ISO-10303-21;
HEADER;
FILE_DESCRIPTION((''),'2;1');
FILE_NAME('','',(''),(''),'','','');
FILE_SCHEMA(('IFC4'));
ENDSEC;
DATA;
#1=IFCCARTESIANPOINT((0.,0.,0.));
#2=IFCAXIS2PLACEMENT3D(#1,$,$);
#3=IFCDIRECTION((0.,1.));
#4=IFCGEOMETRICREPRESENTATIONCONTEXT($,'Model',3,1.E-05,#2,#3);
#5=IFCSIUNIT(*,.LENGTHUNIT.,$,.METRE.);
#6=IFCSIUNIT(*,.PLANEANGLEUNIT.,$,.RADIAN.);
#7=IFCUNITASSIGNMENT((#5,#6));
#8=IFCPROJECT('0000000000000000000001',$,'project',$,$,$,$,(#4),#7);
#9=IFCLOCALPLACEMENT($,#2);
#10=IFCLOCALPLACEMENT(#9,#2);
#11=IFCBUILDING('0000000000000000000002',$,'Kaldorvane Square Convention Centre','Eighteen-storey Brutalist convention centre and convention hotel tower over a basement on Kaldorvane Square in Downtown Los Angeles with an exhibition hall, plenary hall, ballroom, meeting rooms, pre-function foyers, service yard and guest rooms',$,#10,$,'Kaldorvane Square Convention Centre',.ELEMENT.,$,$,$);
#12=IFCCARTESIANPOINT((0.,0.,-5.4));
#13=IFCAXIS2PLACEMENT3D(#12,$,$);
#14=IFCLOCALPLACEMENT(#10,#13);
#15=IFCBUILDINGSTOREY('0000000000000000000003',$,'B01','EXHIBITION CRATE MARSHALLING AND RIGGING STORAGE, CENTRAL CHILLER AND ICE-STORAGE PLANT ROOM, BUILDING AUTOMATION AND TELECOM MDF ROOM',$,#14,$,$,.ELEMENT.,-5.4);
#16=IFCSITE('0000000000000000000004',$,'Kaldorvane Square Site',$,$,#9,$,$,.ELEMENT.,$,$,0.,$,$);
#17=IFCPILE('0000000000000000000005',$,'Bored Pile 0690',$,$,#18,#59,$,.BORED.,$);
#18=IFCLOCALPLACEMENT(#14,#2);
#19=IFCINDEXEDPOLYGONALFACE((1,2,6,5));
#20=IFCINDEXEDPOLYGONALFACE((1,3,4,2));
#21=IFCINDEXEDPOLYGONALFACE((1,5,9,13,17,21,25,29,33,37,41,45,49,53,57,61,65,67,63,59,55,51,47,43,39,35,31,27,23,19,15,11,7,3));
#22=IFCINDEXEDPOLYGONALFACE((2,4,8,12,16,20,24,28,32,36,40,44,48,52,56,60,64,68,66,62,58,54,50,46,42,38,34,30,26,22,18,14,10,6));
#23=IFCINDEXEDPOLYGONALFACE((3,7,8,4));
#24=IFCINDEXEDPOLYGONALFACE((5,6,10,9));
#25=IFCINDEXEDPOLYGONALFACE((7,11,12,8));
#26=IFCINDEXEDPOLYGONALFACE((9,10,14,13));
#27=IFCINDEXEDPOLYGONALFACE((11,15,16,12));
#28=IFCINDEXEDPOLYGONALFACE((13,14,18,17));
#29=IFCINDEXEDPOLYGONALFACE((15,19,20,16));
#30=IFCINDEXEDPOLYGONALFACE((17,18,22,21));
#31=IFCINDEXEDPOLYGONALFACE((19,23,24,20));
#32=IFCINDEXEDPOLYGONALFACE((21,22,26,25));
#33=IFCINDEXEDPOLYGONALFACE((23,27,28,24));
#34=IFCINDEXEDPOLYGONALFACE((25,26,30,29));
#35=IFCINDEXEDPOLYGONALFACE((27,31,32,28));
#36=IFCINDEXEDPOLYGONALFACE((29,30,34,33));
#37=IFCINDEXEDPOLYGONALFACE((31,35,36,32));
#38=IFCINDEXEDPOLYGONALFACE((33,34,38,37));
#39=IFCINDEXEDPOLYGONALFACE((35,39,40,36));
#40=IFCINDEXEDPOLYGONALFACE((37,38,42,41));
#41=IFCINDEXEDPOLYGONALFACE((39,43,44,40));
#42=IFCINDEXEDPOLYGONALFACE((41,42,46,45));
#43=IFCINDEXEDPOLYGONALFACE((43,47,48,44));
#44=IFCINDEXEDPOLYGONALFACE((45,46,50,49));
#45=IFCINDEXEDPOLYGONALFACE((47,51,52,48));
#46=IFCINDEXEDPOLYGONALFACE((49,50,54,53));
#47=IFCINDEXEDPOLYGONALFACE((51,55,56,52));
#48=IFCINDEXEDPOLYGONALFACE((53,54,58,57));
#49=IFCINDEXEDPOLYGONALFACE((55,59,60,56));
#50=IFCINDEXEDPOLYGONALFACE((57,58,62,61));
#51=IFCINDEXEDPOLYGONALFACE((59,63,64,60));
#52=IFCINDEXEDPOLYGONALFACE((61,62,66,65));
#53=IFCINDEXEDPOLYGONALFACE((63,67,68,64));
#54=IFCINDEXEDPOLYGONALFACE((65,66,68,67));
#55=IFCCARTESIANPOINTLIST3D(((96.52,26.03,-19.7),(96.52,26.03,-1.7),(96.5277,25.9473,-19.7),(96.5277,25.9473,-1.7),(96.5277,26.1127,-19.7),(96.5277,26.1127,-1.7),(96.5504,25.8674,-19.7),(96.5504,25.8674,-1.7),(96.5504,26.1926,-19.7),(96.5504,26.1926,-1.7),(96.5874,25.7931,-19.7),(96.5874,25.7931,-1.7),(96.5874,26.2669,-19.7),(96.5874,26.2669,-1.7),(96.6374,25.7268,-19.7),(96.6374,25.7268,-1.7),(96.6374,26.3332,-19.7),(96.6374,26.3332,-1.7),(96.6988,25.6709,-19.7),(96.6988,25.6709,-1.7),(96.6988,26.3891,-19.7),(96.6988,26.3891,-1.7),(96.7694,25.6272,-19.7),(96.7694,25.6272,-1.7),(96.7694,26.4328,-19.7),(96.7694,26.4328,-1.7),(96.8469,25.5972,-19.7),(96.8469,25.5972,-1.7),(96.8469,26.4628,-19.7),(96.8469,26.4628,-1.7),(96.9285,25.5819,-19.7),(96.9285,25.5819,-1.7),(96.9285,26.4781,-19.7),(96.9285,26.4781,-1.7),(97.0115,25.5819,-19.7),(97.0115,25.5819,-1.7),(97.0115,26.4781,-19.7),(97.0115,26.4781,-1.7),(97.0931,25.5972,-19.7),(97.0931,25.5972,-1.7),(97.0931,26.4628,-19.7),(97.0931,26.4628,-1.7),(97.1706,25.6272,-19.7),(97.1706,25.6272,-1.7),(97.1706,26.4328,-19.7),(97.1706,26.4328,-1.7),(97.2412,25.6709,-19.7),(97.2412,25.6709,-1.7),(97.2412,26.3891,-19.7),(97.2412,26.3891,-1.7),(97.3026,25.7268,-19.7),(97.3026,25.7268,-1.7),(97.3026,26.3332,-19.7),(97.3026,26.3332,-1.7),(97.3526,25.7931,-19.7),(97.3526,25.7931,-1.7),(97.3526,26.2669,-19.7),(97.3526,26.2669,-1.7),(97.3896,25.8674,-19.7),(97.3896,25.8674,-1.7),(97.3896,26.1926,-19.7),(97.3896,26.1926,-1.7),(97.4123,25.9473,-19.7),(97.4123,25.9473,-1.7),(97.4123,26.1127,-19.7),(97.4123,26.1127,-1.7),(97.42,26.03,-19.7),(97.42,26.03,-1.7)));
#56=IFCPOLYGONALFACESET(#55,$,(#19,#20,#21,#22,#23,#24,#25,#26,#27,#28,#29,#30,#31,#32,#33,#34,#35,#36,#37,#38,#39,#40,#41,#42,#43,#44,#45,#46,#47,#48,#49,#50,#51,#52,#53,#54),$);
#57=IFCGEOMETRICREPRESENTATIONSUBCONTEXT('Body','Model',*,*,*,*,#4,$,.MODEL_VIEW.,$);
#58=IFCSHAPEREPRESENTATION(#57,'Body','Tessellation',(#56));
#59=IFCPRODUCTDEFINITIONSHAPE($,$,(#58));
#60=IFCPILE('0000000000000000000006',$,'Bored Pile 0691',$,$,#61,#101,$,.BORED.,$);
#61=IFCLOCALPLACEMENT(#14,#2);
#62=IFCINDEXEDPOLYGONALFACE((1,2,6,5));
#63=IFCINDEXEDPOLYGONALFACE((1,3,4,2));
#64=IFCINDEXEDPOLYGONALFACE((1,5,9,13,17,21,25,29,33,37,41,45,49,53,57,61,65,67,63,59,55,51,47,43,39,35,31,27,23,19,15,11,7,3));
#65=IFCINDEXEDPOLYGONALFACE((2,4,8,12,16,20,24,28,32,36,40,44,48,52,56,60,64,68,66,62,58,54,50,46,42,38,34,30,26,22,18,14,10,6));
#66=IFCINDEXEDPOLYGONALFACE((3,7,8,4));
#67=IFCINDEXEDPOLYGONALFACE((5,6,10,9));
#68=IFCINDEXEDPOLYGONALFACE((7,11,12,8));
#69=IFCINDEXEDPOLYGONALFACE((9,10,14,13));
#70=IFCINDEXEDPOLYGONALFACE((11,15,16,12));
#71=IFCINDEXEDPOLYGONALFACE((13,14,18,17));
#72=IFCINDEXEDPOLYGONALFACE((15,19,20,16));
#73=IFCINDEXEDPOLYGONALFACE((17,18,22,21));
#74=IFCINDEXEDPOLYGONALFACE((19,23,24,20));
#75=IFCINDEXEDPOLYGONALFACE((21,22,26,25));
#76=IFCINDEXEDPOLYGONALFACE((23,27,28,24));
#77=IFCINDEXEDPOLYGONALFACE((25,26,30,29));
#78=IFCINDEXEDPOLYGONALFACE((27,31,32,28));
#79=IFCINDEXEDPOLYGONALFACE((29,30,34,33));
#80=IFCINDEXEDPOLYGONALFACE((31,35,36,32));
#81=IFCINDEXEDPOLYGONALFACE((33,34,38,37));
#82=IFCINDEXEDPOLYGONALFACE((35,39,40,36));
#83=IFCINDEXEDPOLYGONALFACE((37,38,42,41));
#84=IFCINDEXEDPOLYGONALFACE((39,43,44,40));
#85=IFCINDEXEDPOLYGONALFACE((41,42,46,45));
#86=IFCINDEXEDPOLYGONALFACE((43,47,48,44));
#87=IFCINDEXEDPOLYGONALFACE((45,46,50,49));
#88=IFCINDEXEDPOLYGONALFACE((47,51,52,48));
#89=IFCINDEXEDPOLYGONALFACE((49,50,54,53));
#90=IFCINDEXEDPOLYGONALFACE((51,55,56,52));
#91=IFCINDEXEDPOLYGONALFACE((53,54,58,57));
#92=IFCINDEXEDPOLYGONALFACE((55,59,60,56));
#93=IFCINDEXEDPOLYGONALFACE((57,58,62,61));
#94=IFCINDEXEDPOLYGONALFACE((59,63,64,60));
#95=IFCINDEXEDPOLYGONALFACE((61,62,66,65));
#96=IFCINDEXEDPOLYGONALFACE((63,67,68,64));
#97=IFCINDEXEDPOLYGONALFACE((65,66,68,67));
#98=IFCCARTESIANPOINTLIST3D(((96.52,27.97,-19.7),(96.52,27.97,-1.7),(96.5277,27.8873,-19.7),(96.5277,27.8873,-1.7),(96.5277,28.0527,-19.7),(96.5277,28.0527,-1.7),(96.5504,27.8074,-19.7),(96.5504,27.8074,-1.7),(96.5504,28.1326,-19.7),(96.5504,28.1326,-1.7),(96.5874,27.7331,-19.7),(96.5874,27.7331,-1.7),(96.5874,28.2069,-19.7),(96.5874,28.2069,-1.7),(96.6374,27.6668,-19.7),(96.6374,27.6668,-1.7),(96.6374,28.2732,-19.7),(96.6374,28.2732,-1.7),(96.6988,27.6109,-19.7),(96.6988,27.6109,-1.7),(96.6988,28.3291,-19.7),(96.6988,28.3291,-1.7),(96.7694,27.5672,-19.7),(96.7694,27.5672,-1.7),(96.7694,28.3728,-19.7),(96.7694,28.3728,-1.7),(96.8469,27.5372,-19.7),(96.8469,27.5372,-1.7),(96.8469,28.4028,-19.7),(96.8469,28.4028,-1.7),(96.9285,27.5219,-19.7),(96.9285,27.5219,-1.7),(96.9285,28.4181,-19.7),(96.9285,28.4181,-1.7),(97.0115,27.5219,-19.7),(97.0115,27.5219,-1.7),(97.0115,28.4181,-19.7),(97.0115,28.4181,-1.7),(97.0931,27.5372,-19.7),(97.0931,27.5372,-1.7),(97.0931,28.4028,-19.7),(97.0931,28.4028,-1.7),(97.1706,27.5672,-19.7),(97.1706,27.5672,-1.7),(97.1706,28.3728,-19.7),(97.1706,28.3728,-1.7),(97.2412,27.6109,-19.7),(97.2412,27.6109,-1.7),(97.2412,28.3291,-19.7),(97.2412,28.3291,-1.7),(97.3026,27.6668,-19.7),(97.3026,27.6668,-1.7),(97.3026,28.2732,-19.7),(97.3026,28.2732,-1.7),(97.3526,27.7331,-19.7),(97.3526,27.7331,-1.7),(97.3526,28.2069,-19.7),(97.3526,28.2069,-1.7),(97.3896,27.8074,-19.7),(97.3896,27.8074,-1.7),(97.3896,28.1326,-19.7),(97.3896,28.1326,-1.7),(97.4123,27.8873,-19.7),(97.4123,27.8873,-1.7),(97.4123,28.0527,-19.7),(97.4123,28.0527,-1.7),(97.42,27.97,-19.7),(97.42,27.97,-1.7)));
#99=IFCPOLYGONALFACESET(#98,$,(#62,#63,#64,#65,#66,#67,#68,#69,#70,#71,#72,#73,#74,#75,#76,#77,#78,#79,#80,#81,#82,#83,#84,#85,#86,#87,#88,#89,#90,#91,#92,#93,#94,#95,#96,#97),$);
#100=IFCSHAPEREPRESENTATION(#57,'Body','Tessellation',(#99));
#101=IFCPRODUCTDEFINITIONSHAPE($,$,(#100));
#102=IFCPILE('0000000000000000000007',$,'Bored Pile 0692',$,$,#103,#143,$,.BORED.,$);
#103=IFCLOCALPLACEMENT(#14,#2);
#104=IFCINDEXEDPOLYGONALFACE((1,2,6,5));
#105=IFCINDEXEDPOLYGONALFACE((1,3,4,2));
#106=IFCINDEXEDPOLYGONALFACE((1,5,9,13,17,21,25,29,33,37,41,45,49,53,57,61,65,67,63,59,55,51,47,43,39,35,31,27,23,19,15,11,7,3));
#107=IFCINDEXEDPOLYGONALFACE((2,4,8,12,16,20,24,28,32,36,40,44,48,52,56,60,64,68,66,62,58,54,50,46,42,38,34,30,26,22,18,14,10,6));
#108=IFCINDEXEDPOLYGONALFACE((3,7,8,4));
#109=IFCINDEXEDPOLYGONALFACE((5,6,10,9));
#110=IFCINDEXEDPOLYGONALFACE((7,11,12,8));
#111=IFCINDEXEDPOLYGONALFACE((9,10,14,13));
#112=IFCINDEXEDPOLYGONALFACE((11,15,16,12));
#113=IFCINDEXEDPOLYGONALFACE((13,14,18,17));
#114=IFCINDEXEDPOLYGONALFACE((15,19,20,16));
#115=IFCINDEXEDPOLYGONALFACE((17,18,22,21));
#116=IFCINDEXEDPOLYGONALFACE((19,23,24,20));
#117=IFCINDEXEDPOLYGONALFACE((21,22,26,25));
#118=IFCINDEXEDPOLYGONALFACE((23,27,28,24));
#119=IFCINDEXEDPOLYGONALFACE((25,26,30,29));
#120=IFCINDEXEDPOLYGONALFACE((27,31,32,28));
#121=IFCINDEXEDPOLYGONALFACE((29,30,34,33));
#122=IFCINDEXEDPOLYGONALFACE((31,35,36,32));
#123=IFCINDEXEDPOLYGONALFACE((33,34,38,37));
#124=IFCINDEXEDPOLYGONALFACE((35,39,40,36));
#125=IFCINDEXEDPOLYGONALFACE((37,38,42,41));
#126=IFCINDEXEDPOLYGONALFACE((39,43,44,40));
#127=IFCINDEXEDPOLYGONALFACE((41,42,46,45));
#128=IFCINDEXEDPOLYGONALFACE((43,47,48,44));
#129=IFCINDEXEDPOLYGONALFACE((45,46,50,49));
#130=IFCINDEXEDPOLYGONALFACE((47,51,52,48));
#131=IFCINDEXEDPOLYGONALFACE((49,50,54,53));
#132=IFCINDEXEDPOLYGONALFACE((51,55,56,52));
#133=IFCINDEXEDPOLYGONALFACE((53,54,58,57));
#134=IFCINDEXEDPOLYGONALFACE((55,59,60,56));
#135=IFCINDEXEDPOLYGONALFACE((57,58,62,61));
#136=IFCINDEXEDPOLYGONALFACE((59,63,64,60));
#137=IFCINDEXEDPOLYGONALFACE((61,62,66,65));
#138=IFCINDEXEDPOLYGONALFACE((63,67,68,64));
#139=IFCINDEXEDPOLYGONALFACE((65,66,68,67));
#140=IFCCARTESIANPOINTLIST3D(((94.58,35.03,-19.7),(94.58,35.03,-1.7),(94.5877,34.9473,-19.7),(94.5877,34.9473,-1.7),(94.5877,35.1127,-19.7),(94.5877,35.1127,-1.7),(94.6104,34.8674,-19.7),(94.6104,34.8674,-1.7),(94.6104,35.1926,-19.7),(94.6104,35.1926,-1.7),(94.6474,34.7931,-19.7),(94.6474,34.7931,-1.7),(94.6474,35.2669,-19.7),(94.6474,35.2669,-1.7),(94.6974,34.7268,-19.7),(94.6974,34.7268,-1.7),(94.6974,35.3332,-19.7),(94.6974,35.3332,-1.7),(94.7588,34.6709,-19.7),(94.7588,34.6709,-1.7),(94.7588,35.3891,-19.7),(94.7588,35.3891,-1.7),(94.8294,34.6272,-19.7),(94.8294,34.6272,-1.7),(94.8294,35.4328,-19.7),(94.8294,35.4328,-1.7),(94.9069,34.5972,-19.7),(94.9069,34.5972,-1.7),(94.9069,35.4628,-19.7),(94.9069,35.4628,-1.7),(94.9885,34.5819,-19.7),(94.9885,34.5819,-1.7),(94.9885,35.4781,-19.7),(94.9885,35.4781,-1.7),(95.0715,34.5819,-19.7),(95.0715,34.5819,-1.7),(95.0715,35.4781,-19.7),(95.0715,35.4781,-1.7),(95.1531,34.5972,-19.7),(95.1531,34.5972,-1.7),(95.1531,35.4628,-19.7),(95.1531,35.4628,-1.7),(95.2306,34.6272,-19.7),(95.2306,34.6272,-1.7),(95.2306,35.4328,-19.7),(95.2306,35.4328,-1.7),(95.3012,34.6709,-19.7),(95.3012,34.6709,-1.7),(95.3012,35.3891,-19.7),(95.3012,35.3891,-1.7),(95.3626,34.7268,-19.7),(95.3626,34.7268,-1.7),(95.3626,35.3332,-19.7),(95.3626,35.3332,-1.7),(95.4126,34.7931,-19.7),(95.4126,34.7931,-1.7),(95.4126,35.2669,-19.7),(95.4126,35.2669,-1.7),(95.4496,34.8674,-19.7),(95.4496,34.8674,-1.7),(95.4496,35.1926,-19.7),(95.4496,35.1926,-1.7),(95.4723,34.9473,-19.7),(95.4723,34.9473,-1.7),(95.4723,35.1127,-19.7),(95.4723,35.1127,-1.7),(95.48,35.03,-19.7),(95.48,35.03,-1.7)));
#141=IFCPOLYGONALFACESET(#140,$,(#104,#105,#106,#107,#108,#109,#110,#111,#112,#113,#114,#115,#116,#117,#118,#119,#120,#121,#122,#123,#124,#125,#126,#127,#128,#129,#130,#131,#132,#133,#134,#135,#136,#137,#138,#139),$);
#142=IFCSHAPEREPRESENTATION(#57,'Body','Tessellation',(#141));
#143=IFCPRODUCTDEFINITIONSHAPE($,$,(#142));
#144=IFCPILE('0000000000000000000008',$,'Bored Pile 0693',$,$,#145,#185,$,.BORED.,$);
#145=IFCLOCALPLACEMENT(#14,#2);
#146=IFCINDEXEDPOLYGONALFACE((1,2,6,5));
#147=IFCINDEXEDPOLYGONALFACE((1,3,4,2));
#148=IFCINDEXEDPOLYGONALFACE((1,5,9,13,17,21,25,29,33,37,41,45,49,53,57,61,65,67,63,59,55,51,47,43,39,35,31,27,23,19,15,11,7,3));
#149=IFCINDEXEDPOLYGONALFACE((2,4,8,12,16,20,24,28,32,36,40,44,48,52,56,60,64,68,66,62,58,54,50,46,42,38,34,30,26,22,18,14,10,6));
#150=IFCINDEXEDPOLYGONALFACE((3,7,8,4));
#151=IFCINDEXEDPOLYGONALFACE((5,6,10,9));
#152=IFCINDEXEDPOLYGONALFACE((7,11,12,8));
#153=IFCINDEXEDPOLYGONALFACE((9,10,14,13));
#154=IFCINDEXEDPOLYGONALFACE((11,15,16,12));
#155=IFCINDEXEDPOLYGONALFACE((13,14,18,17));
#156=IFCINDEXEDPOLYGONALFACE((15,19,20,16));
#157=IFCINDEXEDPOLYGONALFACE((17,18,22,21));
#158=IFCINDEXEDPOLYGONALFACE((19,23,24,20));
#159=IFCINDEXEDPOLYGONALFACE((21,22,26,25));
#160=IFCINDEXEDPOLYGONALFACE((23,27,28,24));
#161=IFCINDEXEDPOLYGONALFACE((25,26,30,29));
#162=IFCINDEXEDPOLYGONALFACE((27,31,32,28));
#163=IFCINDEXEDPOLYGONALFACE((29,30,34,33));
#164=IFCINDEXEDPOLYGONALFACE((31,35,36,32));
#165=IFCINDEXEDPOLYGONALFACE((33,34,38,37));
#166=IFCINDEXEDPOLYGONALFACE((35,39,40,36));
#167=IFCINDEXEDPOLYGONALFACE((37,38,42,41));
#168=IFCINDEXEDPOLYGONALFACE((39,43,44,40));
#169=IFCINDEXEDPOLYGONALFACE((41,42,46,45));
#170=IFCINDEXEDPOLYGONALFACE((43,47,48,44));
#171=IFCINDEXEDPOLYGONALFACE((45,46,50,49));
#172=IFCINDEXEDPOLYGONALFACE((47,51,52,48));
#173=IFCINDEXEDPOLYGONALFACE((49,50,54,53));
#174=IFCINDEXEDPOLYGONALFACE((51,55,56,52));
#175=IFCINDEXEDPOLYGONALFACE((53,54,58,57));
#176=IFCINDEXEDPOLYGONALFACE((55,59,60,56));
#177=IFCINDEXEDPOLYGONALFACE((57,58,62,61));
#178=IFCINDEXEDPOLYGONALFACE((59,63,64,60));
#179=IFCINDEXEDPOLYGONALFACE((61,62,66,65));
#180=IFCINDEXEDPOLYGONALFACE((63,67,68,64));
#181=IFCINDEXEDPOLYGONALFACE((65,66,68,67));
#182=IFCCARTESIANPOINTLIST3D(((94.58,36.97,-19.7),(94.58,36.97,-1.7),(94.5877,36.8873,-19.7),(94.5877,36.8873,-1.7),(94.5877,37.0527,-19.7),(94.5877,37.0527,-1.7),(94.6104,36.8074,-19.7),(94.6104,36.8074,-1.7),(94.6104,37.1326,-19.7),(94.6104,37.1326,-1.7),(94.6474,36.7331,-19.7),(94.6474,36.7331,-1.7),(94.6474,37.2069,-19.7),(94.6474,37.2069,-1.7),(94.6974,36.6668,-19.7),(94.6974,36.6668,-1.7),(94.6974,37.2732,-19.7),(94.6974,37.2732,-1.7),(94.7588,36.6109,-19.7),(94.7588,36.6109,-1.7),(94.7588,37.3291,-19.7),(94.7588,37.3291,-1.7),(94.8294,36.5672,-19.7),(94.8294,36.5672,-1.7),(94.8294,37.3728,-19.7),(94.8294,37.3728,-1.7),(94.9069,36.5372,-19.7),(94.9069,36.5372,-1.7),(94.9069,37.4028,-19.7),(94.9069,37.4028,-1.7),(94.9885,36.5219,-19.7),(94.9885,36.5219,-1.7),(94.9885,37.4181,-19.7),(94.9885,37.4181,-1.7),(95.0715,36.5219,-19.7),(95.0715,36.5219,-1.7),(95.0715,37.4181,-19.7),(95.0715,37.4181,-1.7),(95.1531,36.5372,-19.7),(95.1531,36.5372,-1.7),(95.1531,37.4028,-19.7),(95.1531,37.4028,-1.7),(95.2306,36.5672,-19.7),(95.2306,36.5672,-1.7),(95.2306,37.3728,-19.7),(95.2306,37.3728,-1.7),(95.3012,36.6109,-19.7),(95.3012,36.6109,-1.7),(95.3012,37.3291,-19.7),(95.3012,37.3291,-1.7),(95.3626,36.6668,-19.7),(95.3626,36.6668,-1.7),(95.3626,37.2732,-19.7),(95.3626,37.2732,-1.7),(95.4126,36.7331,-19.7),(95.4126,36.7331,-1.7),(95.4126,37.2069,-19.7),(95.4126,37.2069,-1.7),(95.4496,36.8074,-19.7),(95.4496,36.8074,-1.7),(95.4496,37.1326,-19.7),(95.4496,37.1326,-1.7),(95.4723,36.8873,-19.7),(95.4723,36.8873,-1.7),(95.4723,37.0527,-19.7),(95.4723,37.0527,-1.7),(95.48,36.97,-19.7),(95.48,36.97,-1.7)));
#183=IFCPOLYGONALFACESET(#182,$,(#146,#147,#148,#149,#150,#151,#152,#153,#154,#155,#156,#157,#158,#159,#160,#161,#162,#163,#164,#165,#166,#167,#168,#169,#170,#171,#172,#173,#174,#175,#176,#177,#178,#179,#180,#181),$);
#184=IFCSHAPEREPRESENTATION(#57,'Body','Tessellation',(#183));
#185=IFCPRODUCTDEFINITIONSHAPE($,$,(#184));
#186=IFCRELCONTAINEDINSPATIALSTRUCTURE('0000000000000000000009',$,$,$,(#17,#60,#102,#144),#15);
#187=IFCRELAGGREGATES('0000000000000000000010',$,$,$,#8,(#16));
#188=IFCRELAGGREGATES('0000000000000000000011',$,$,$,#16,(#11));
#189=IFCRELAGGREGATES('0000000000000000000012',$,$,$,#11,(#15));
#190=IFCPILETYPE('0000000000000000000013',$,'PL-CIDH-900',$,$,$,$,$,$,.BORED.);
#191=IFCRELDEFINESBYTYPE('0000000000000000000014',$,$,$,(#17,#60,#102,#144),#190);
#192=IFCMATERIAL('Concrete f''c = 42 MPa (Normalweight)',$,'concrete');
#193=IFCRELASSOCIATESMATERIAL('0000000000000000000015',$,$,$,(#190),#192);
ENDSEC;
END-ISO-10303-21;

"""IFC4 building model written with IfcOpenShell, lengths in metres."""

from ifc_helpers import new_model, si_unit, direction, frame, origin, origin_2d, place, context, subcontext, project, spatial, circle, extrude, material, material_profile, profile_set, type_object, element, save


model = new_model("IFC4")

# Units and contexts
model_context = context("Model", 3, precision=1e-05, world=origin(), true_north=direction((0.0, 1.0)))
body_context = subcontext(model_context, "Body", "Model", "MODEL_VIEW")
ifc_project = project(units=[si_unit("LENGTHUNIT", "METRE"), si_unit("PLANEANGLEUNIT", "RADIAN")], contexts=[model_context])

# Site, building, storey
site_placement = place(None, origin())
site = spatial("IfcSite", under=ifc_project, at=site_placement, Name="Kaldorvane Square Site", CompositionType="ELEMENT", RefElevation=0.0)
building_placement = place(site_placement, origin())
building = spatial("IfcBuilding", under=site, at=building_placement, Name="Kaldorvane Square Convention Centre", Description="Eighteen-storey Brutalist convention centre and convention hotel tower over a basement on Kaldorvane Square in Downtown Los Angeles with an exhibition hall, plenary hall, ballroom, meeting rooms, pre-function foyers, service yard and guest rooms", LongName="Kaldorvane Square Convention Centre", CompositionType="ELEMENT")
storey_placement = place(building_placement, frame((0.0, 0.0, -5.4)))
storey = spatial("IfcBuildingStorey", under=building, at=storey_placement, Name="B01", Description="EXHIBITION CRATE MARSHALLING AND RIGGING STORAGE, CENTRAL CHILLER AND ICE-STORAGE PLANT ROOM, BUILDING AUTOMATION AND TELECOM MDF ROOM", CompositionType="ELEMENT", Elevation=-5.4)

# Shared definitions
ifc_material_1 = material(Name="Concrete f'c = 42 MPa (Normalweight)", Category="concrete")

# Piles
ifc_material_profile_1 = material_profile(ifc_material_1, circle(Radius=0.45, at=origin_2d()), Name="PILE-D900")
ifc_profile_set_1 = profile_set([ifc_material_profile_1], Name="Concrete f'c = 42 MPa (Normalweight)")
pile_type = type_object("IfcPileType", Name="PL-CIDH-900", PredefinedType="BORED", material=ifc_profile_set_1)
for number, where, z_axis, x_axis, name in (
    (1, (96.97, 26.03, -1.7), (0.0, 0.0, -1.0), (1.0, 0.0, 0.0), "Bored Pile 0690"),
    (2, (96.97, 27.97, -1.7), (0.0, 0.0, -1.0), (1.0, 0.0, 0.0), "Bored Pile 0691"),
    (3, (95.03, 35.03, -1.7), (0.0, 0.0, -1.0), (1.0, 0.0, 0.0), "Bored Pile 0692"),
    (4, (95.03, 36.97, -1.7), (0.0, 0.0, -1.0), (1.0, 0.0, 0.0), "Bored Pile 0693"),
):
    element("IfcPile", number, at=place(storey_placement, frame(where, z_axis=z_axis, x_axis=x_axis)), inside=storey, type_object=pile_type, Name=name, PredefinedType="BORED", context=body_context, shape_type="SweptSolid", body=[
        extrude(circle(Radius=0.45, at=origin_2d()), origin(), (0.0, 0.0, 1.0), 18.0),
    ])

save(model, "model.ifc")
